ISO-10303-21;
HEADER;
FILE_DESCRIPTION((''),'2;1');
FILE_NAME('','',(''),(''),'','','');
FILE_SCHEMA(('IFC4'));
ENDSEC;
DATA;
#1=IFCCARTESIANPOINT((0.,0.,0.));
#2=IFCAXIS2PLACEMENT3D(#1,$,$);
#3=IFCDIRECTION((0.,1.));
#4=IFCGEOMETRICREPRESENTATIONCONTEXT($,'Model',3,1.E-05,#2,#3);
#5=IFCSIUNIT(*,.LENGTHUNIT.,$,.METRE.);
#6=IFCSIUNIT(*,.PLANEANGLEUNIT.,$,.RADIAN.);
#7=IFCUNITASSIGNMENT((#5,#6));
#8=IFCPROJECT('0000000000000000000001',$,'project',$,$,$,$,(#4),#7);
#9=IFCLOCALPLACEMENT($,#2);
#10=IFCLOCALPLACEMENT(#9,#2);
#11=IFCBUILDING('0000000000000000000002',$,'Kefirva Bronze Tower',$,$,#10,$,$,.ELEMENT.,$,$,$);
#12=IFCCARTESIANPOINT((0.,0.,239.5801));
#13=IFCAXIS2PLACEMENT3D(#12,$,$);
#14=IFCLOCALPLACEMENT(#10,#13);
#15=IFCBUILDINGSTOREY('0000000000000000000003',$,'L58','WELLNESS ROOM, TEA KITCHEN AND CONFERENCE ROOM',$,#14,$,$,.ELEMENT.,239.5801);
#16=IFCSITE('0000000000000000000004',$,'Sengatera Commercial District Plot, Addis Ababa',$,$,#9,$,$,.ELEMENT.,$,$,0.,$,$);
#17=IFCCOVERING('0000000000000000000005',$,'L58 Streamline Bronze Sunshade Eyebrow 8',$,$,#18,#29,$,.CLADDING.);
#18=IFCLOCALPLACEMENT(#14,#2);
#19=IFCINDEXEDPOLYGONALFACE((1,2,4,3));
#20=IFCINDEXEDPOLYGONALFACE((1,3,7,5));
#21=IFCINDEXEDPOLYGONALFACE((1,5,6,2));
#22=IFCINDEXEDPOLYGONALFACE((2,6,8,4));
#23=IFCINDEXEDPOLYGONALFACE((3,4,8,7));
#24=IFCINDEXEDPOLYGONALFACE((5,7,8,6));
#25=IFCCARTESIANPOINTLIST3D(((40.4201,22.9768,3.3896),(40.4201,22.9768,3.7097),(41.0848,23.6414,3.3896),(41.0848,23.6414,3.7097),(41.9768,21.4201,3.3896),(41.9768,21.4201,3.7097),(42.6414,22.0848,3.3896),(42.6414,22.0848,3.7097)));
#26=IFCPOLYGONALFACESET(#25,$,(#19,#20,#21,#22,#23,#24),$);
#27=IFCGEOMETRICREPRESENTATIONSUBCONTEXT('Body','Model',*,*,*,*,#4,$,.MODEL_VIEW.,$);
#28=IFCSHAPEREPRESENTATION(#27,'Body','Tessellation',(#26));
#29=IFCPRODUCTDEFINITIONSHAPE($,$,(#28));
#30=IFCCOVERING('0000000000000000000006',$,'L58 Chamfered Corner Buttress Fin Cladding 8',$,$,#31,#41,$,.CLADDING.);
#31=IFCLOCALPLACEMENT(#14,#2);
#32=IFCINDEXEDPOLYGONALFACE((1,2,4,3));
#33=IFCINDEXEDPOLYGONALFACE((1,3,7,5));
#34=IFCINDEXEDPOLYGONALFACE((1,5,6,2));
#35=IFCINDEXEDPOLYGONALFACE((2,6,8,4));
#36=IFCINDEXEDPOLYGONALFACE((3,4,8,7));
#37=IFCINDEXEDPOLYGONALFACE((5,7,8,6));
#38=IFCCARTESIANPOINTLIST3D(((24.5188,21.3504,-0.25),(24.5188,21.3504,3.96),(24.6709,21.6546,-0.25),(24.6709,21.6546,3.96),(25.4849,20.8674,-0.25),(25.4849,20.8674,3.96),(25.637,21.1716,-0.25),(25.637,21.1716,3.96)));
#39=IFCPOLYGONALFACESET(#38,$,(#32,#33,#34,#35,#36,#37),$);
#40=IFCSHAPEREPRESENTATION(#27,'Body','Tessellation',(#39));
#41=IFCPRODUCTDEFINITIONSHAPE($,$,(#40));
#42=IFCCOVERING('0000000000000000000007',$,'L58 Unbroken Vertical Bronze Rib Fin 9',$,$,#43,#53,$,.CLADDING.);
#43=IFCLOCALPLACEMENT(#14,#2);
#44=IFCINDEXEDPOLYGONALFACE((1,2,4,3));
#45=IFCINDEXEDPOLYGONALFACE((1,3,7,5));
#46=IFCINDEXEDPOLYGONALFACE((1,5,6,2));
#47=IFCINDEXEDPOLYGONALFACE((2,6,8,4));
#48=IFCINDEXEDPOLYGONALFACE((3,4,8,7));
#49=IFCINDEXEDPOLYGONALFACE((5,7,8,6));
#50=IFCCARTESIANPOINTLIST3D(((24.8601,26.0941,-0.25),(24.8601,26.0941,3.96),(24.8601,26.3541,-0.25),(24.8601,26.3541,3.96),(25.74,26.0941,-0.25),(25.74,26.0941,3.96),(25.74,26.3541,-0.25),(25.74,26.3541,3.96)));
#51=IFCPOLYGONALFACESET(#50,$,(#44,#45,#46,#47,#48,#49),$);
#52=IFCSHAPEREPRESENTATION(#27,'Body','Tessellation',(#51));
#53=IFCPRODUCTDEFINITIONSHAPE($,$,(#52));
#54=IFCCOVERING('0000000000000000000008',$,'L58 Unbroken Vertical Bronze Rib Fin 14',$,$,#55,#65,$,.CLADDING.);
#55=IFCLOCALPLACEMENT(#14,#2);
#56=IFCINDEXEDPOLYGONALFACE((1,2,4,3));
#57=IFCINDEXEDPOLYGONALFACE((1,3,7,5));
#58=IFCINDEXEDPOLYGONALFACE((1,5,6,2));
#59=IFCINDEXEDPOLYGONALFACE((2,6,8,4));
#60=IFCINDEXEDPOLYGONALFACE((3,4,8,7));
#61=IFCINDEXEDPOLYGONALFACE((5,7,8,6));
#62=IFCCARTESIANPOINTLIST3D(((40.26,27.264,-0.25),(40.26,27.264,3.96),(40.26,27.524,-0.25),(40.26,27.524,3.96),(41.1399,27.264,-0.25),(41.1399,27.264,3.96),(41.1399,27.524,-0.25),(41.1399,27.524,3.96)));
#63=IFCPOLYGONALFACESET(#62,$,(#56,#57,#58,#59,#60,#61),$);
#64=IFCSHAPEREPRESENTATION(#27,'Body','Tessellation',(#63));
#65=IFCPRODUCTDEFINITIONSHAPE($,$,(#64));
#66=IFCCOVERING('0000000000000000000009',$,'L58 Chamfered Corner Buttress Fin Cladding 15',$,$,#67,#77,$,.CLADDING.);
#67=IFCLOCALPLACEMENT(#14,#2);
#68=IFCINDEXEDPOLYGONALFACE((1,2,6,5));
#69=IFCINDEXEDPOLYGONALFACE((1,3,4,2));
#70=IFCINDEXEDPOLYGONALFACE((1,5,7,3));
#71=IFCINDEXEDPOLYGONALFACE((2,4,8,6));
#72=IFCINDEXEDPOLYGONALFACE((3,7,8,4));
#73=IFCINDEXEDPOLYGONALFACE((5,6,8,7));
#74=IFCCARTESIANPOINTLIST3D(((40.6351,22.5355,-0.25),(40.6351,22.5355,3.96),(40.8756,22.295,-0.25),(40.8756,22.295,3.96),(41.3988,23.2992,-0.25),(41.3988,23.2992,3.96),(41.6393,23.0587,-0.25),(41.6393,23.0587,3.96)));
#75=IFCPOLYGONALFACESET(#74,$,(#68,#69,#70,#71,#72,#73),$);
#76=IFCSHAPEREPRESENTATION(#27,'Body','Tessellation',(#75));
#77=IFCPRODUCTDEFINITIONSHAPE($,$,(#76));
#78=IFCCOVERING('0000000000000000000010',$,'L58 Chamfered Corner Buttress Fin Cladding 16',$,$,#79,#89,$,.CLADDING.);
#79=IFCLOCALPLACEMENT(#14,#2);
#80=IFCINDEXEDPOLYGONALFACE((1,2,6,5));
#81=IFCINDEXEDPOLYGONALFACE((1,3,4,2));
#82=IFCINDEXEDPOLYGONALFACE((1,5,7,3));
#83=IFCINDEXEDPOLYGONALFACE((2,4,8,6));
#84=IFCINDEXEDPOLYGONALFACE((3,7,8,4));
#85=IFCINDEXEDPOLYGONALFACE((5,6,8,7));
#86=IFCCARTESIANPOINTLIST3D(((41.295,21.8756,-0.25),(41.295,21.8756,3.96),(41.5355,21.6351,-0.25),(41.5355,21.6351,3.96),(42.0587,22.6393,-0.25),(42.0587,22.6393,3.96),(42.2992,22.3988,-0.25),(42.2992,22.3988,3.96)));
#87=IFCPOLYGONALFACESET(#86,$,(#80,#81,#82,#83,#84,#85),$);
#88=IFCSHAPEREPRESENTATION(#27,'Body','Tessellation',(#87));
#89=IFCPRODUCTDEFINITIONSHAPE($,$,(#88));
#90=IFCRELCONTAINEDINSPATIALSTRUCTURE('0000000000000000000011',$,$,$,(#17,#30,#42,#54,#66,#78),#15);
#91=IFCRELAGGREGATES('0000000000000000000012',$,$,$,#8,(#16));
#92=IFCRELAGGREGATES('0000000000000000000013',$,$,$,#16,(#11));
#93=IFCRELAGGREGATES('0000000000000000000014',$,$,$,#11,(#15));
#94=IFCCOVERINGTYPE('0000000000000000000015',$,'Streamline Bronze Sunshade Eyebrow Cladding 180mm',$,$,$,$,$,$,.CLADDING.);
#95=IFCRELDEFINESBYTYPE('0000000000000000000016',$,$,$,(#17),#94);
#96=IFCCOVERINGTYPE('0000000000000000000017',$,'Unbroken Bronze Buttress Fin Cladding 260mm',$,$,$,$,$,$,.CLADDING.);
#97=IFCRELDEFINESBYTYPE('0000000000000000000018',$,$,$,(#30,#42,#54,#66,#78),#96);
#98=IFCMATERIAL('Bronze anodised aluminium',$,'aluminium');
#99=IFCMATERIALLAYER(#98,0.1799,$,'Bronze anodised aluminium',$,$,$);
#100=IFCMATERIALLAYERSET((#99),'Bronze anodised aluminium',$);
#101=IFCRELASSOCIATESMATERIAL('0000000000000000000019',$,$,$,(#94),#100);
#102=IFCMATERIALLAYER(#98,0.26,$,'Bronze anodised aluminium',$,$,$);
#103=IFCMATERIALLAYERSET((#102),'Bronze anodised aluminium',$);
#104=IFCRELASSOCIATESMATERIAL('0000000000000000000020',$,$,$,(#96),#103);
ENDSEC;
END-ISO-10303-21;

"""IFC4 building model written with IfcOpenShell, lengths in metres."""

from ifc_helpers import new_model, si_unit, direction, frame, origin, origin_2d, place, context, subcontext, project, spatial, rectangle, extrude, material, layer, layer_set, type_object, element, save


model = new_model("IFC4")

# Units and contexts
model_context = context("Model", 3, precision=1e-05, world=origin(), true_north=direction((0.0, 1.0)))
body_context = subcontext(model_context, "Body", "Model", "MODEL_VIEW")
ifc_project = project(units=[si_unit("LENGTHUNIT", "METRE"), si_unit("PLANEANGLEUNIT", "RADIAN")], contexts=[model_context])

# Site, building, storey
site_placement = place(None, origin())
site = spatial("IfcSite", under=ifc_project, at=site_placement, Name="Sengatera Commercial District Plot, Addis Ababa", CompositionType="ELEMENT", RefElevation=0.0)
building_placement = place(site_placement, origin())
building = spatial("IfcBuilding", under=site, at=building_placement, Name="Kefirva Bronze Tower", CompositionType="ELEMENT")
storey_placement = place(building_placement, frame((0.0, 0.0, 239.5801)))
storey = spatial("IfcBuildingStorey", under=building, at=storey_placement, Name="L58", Description="WELLNESS ROOM, TEA KITCHEN AND CONFERENCE ROOM", CompositionType="ELEMENT", Elevation=239.5801)

# Coverings
ifc_material_1 = material(Name="Bronze anodised aluminium", Category="aluminium")
ifc_layer_1 = layer(ifc_material_1, 0.1799, Name="Bronze anodised aluminium")
ifc_layer_set_1 = layer_set([ifc_layer_1], Name="Bronze anodised aluminium")
covering_type_1 = type_object("IfcCoveringType", Name="Streamline Bronze Sunshade Eyebrow Cladding 180mm", PredefinedType="CLADDING", material=ifc_layer_set_1)
covering_1_placement = place(storey_placement, frame((41.5308, 22.5308, 3.3896), z_axis=(0.0, 0.0, 1.0), x_axis=(0.707107, -0.707107, 0.0)))
element("IfcCovering", 1, at=covering_1_placement, inside=storey, type_object=covering_type_1, Name="L58 Streamline Bronze Sunshade Eyebrow 8", PredefinedType="CLADDING", context=body_context, shape_type="SweptSolid", body=[
    extrude(rectangle(XDim=2.2014, YDim=0.9399, at=origin_2d()), origin(), (0.0, 0.0, 1.0), 0.3201),
])
ifc_layer_2 = layer(ifc_material_1, 0.26, Name="Bronze anodised aluminium")
ifc_layer_set_2 = layer_set([ifc_layer_2], Name="Bronze anodised aluminium")
covering_type_2 = type_object("IfcCoveringType", Name="Unbroken Bronze Buttress Fin Cladding 260mm", PredefinedType="CLADDING", material=ifc_layer_set_2)
covering_2_placement = place(storey_placement, frame((25.0779, 21.261, -0.25), z_axis=(0.0, 0.0, 1.0), x_axis=(0.447214, 0.894427, 0.0)))
element("IfcCovering", 2, at=covering_2_placement, inside=storey, type_object=covering_type_2, Name="L58 Chamfered Corner Buttress Fin Cladding 8", PredefinedType="CLADDING", context=body_context, shape_type="SweptSolid", body=[
    extrude(rectangle(XDim=0.3401, YDim=1.0801, at=origin_2d()), origin(), (0.0, 0.0, 1.0), 4.21),
])
for number, where, z_axis, x_axis, name in (
    (3, (25.3, 26.2241, -0.25), (0.0, 0.0, 1.0), (0.0, 1.0, 0.0), "L58 Unbroken Vertical Bronze Rib Fin 9"),
    (4, (40.7, 27.394, -0.25), (0.0, 0.0, 1.0), (0.0, -1.0, 0.0), "L58 Unbroken Vertical Bronze Rib Fin 14"),
):
    element("IfcCovering", number, at=place(storey_placement, frame(where, z_axis=z_axis, x_axis=x_axis)), inside=storey, type_object=covering_type_2, Name=name, PredefinedType="CLADDING", context=body_context, shape_type="SweptSolid", body=[
        extrude(rectangle(XDim=0.26, YDim=0.8799, at=origin_2d()), origin(), (0.0, 0.0, 1.0), 4.21),
    ])
for number, where, z_axis, x_axis, name in (
    (5, (41.1372, 22.7971, -0.25), (0.0, 0.0, 1.0), (0.707107, -0.707107, 0.0), "L58 Chamfered Corner Buttress Fin Cladding 15"),
    (6, (41.7971, 22.1372, -0.25), (0.0, 0.0, 1.0), (0.707107, -0.707107, 0.0), "L58 Chamfered Corner Buttress Fin Cladding 16"),
):
    element("IfcCovering", number, at=place(storey_placement, frame(where, z_axis=z_axis, x_axis=x_axis)), inside=storey, type_object=covering_type_2, Name=name, PredefinedType="CLADDING", context=body_context, shape_type="SweptSolid", body=[
        extrude(rectangle(XDim=0.3401, YDim=1.0801, at=origin_2d()), origin(), (0.0, 0.0, 1.0), 4.21),
    ])

save(model, "model.ifc")
